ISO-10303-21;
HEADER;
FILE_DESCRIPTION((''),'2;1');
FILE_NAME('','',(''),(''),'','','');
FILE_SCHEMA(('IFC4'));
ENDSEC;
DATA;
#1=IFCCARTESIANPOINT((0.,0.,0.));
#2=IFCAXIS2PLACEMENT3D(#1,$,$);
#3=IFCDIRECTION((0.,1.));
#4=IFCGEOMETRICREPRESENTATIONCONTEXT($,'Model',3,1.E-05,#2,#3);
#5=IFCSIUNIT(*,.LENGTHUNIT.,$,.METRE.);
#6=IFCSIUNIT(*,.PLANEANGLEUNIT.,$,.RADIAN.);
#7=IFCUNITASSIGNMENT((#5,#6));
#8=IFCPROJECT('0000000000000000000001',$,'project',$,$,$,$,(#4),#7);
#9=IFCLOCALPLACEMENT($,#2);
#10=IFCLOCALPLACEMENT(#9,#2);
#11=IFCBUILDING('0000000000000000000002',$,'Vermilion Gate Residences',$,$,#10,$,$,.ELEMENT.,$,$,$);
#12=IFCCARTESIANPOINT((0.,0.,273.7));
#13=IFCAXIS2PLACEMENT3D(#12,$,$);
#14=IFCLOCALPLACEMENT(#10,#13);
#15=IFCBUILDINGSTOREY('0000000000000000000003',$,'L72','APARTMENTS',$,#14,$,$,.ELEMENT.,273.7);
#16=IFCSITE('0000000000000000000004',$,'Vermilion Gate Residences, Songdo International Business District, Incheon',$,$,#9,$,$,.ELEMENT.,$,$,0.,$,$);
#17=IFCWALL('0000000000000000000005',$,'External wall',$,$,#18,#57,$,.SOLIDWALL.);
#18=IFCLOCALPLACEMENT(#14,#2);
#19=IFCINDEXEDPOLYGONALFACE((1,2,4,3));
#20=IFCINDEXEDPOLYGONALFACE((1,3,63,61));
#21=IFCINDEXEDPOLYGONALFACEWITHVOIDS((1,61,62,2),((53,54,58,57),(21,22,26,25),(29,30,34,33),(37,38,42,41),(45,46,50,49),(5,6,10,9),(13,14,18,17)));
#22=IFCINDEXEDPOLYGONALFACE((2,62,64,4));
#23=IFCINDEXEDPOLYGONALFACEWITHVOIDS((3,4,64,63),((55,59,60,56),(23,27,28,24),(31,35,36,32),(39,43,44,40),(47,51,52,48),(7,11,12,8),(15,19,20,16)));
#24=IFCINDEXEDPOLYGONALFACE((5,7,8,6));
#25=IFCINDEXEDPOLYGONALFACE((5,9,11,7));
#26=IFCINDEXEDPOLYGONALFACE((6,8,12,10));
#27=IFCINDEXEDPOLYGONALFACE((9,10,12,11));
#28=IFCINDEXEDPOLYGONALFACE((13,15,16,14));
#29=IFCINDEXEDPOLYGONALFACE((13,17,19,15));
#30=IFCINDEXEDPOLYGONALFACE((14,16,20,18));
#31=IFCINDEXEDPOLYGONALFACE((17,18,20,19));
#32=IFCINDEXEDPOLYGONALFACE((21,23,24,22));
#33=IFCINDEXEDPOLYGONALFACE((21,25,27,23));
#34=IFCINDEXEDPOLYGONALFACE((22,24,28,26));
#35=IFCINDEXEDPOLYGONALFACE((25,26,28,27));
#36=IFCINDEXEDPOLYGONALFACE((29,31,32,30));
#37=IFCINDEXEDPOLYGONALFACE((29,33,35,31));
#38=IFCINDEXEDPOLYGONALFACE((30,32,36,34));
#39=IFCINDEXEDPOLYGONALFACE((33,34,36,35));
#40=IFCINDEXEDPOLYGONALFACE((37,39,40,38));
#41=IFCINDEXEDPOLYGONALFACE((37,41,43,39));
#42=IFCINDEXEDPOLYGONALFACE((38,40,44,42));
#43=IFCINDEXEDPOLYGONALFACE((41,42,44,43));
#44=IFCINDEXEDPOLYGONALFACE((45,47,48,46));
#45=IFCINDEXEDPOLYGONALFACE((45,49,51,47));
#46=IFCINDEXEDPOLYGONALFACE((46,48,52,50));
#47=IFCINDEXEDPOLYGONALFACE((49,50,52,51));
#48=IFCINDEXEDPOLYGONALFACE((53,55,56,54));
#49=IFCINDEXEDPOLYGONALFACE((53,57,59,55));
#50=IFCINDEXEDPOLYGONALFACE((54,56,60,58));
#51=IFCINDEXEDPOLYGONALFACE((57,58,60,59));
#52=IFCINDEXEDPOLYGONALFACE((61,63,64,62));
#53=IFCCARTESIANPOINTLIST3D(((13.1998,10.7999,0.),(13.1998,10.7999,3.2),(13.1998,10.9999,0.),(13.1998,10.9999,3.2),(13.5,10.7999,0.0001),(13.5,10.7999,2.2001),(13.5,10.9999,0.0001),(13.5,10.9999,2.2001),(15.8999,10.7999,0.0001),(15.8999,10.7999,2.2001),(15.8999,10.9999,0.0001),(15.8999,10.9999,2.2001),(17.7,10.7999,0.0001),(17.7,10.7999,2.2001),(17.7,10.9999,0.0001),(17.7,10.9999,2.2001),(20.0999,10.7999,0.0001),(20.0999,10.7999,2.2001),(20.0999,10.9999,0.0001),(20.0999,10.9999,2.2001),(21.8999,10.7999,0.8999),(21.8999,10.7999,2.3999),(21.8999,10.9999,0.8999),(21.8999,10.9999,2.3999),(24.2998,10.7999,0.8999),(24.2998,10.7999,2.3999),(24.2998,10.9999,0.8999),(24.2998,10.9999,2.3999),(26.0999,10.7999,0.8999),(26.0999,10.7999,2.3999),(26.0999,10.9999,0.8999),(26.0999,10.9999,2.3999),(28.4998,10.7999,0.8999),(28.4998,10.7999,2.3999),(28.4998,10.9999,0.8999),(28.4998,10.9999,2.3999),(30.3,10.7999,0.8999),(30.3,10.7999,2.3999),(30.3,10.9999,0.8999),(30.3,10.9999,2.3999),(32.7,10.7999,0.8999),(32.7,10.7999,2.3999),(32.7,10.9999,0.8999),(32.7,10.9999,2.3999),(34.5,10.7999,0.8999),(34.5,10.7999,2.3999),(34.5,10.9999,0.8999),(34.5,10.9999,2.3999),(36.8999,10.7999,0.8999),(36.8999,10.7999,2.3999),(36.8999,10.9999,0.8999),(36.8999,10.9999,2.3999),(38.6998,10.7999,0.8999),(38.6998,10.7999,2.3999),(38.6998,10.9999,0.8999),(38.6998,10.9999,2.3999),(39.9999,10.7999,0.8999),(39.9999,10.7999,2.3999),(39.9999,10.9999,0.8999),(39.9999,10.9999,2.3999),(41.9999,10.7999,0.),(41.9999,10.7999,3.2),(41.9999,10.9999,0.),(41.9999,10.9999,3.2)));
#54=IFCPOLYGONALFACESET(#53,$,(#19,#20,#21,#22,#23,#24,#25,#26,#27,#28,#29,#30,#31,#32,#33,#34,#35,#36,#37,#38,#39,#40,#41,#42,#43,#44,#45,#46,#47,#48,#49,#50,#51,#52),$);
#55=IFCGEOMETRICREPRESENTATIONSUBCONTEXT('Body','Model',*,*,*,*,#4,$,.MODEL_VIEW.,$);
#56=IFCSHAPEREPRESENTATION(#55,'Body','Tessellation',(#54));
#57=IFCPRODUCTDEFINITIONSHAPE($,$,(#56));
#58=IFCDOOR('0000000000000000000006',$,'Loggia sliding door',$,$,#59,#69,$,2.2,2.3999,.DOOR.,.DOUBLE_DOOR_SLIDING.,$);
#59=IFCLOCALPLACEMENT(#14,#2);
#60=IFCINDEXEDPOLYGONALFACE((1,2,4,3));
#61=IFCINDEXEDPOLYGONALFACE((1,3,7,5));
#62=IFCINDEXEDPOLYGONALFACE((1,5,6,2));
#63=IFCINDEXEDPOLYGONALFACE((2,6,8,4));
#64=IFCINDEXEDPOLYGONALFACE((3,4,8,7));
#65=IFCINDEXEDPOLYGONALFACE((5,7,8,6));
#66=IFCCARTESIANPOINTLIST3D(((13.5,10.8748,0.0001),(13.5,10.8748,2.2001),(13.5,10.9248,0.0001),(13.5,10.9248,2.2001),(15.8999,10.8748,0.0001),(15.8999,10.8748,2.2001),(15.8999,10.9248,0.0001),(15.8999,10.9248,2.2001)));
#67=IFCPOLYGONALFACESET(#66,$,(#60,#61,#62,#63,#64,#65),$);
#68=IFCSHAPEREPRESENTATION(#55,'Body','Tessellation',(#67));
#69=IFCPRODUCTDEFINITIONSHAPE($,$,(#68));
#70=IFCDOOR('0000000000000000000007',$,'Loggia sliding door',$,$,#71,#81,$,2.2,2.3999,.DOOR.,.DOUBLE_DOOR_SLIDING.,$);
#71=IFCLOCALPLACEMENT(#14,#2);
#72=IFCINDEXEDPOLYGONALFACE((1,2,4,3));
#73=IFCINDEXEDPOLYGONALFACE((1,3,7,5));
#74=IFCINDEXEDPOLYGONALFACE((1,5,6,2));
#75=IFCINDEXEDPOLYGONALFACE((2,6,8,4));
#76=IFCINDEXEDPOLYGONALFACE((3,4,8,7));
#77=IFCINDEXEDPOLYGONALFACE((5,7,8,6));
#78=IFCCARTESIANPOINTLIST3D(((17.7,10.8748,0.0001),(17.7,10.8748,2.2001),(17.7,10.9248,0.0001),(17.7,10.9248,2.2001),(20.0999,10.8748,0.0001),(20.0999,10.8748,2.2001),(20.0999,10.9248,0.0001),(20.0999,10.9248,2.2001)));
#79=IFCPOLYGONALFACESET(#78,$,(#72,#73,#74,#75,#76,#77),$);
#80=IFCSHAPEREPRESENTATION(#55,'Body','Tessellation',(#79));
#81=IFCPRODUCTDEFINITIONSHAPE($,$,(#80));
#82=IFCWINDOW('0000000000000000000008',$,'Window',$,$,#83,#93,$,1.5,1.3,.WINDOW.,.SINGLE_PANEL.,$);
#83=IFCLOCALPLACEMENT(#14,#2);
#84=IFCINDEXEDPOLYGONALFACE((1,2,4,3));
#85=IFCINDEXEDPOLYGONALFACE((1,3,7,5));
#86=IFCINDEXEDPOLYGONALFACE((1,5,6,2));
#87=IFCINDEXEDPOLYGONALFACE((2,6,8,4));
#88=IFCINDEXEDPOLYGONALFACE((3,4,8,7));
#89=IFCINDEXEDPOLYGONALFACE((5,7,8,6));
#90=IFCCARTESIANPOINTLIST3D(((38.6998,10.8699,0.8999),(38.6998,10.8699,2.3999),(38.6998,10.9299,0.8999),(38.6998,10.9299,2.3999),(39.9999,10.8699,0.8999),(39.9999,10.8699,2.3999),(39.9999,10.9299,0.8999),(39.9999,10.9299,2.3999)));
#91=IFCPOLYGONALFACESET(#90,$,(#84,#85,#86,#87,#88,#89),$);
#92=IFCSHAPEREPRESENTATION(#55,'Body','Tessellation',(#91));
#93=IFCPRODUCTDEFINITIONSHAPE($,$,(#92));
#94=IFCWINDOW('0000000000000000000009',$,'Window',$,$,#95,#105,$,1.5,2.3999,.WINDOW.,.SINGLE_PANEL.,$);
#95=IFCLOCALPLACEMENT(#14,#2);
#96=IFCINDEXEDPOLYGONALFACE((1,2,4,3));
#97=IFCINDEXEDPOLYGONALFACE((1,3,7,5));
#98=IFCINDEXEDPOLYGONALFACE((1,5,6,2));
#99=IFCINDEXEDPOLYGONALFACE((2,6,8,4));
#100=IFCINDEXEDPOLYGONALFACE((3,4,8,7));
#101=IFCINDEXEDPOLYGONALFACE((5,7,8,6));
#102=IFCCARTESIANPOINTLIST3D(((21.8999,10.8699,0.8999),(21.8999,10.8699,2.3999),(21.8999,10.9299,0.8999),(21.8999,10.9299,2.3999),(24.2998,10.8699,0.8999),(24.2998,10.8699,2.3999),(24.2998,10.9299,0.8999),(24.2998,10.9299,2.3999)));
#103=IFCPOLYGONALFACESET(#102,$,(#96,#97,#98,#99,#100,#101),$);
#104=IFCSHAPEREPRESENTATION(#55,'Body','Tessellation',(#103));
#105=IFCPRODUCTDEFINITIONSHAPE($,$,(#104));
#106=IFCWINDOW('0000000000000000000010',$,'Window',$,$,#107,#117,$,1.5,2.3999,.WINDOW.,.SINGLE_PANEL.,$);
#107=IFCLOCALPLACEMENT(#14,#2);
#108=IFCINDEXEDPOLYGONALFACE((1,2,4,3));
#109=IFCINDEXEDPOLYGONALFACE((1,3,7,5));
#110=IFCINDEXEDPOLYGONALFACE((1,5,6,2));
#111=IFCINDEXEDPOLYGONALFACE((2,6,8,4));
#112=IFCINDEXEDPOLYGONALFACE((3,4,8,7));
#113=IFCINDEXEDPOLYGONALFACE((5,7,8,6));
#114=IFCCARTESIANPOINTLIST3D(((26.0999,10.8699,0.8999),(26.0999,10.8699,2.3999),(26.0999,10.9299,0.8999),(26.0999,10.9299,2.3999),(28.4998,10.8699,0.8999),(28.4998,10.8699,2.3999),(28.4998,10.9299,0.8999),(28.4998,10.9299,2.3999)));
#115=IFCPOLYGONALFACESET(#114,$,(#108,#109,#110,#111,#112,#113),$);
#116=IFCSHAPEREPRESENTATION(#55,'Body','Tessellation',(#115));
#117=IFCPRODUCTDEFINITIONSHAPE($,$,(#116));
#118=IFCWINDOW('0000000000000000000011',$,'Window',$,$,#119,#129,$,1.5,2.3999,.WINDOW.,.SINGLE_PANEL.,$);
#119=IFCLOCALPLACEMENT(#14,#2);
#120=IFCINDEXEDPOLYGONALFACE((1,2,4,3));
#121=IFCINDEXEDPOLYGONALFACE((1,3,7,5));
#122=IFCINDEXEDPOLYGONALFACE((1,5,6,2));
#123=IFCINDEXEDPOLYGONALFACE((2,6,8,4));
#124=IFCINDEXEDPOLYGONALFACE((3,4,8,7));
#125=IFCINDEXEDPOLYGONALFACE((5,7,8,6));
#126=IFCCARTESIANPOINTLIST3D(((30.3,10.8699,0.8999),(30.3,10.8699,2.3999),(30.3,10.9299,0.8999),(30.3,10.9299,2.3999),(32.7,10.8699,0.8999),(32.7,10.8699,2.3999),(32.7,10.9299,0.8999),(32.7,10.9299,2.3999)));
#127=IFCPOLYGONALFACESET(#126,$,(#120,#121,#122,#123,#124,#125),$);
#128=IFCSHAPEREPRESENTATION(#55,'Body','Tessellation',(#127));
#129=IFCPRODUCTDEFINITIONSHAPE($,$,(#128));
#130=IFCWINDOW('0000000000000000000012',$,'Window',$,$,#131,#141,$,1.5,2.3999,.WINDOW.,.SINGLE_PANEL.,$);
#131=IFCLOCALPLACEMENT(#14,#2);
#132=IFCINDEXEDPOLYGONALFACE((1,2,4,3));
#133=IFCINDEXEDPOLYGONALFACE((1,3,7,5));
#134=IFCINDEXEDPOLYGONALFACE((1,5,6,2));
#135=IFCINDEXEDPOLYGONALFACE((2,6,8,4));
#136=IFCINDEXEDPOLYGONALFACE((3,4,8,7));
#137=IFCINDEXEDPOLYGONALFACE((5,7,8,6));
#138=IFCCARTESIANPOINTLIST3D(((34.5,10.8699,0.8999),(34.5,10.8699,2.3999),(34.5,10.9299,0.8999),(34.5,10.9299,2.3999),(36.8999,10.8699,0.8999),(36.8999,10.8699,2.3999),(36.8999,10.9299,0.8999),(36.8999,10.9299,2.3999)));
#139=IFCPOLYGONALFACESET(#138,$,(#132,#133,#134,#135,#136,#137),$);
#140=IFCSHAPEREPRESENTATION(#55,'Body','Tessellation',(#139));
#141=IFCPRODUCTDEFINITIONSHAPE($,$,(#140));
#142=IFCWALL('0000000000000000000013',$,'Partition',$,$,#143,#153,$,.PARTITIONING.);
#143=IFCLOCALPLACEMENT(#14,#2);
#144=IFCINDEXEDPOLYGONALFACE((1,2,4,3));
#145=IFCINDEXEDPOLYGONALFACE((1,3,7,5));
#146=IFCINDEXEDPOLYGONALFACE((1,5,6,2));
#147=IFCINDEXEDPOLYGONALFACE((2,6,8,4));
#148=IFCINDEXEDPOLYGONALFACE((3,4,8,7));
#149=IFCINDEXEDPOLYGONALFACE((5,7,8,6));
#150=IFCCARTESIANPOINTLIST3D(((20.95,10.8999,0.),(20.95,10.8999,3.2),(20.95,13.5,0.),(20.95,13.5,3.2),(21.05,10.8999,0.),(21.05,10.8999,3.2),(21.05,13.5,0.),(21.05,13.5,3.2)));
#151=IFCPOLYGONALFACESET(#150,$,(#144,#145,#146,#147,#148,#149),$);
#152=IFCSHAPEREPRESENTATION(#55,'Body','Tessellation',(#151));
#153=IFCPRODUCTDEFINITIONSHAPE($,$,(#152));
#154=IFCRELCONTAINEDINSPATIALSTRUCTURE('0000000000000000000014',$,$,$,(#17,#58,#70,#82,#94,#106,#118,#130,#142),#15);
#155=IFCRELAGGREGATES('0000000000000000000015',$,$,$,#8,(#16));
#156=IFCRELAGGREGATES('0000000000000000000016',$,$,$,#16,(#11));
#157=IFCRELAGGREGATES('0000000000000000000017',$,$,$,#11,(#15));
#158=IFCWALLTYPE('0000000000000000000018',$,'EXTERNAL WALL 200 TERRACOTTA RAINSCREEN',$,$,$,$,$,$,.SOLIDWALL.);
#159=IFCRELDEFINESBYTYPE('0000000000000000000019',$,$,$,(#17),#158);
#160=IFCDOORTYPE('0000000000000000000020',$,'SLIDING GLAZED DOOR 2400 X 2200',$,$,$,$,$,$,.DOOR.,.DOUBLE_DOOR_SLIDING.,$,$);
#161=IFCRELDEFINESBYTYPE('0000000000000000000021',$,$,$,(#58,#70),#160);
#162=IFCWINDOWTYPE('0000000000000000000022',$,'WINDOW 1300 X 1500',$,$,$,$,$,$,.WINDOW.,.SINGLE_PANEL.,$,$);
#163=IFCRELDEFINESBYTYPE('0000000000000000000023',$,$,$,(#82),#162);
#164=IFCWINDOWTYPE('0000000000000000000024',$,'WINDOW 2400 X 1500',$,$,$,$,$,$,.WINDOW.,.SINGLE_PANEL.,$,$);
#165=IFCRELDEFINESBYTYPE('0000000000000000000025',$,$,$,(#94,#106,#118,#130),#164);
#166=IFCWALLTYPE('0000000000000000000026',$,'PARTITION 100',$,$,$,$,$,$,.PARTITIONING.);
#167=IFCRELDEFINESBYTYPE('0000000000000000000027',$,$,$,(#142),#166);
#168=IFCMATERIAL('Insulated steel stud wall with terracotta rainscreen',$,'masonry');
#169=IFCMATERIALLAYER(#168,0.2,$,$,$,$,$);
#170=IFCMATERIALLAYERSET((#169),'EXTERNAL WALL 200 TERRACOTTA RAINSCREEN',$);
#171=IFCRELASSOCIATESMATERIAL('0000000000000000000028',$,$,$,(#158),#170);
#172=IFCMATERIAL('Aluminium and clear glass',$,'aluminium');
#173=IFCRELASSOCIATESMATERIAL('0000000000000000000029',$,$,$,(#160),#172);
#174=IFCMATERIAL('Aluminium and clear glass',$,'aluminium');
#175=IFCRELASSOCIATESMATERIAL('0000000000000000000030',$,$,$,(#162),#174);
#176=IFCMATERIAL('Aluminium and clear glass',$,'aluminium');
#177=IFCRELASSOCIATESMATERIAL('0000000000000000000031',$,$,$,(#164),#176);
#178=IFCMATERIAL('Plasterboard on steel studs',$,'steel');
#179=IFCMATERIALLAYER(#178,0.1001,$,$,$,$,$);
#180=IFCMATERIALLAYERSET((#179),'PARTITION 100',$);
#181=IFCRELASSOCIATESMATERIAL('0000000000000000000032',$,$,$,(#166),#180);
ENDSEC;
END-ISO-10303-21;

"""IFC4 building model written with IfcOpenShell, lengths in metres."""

from ifc_helpers import new_model, si_unit, direction, frame, frame_2d, origin, place, context, subcontext, project, spatial, rectangle, extrude, material, layer, layer_set, type_object, element, fill, save


model = new_model("IFC4")

# Units and contexts
model_context = context("Model", 3, precision=1e-05, world=origin(), true_north=direction((0.0, 1.0)))
body_context = subcontext(model_context, "Body", "Model", "MODEL_VIEW")
ifc_project = project(units=[si_unit("LENGTHUNIT", "METRE"), si_unit("PLANEANGLEUNIT", "RADIAN")], contexts=[model_context])

# Site, building, storey
site_placement = place(None, origin())
site = spatial("IfcSite", under=ifc_project, at=site_placement, Name="Vermilion Gate Residences, Songdo International Business District, Incheon", CompositionType="ELEMENT", RefElevation=0.0)
building_placement = place(site_placement, origin())
building = spatial("IfcBuilding", under=site, at=building_placement, Name="Vermilion Gate Residences", CompositionType="ELEMENT")
storey_placement = place(building_placement, frame((0.0, 0.0, 273.7)))
storey = spatial("IfcBuildingStorey", under=building, at=storey_placement, Name="L72", Description="APARTMENTS", CompositionType="ELEMENT", Elevation=273.7)

# Shared definitions
ifc_material_1 = material(Name="Insulated steel stud wall with terracotta rainscreen", Category="masonry")
ifc_layer_1 = layer(ifc_material_1, 0.2)
ifc_layer_set_1 = layer_set([ifc_layer_1], Name="EXTERNAL WALL 200 TERRACOTTA RAINSCREEN")
wall_type_1 = type_object("IfcWallType", Name="EXTERNAL WALL 200 TERRACOTTA RAINSCREEN", PredefinedType="SOLIDWALL", material=ifc_layer_set_1)

# Wall, openings, doors, windows
wall_1_placement = place(storey_placement, frame((13.2, 10.8999, 0.0), z_axis=(0.0, 0.0, 1.0), x_axis=(1.0, 0.0, 0.0)))
wall_1 = element("IfcWall", 1, at=wall_1_placement, inside=storey, type_object=wall_type_1, Name="External wall", PredefinedType="SOLIDWALL", context=body_context, shape_type="SweptSolid", body=[
    extrude(rectangle(XDim=28.8, YDim=0.2, at=frame_2d((14.3999, 0.0))), origin(), (0.0, 0.0, 1.0), 3.2),
])
opening_1_placement = place(wall_1_placement, frame((0.3, 0.0, 0.0)))
opening_1 = element("IfcOpeningElement", 2, at=opening_1_placement, cuts=wall_1, PredefinedType="OPENING", context=body_context, shape_type="SweptSolid", body=[
    extrude(rectangle(XDim=2.3999, YDim=2.2, at=frame_2d((1.2, 1.1001))), frame((0.0, 0.1099, 0.0), z_axis=(0.0, -1.0, 0.0), x_axis=(1.0, 0.0, 0.0)), (0.0, 0.0, 1.0), 0.22),
])
opening_2_placement = place(wall_1_placement, frame((4.5, 0.0, 0.0)))
opening_2 = element("IfcOpeningElement", 3, at=opening_2_placement, cuts=wall_1, PredefinedType="OPENING", context=body_context, shape_type="SweptSolid", body=[
    extrude(rectangle(XDim=2.3999, YDim=2.2, at=frame_2d((1.2, 1.1001))), frame((0.0, 0.1099, 0.0), z_axis=(0.0, -1.0, 0.0), x_axis=(1.0, 0.0, 0.0)), (0.0, 0.0, 1.0), 0.22),
])
opening_3_placement = place(wall_1_placement, frame((8.7, 0.0, 0.8999)))
opening_3 = element("IfcOpeningElement", 4, at=opening_3_placement, cuts=wall_1, PredefinedType="OPENING", context=body_context, shape_type="SweptSolid", body=[
    extrude(rectangle(XDim=2.3999, YDim=1.5, at=frame_2d((1.2, 0.75))), frame((0.0, 0.1099, 0.0), z_axis=(0.0, -1.0, 0.0), x_axis=(1.0, 0.0, 0.0)), (0.0, 0.0, 1.0), 0.22),
])
opening_4_placement = place(wall_1_placement, frame((12.8999, 0.0, 0.8999)))
opening_4 = element("IfcOpeningElement", 5, at=opening_4_placement, cuts=wall_1, PredefinedType="OPENING", context=body_context, shape_type="SweptSolid", body=[
    extrude(rectangle(XDim=2.3999, YDim=1.5, at=frame_2d((1.2, 0.75))), frame((0.0, 0.1099, 0.0), z_axis=(0.0, -1.0, 0.0), x_axis=(1.0, 0.0, 0.0)), (0.0, 0.0, 1.0), 0.22),
])
opening_5_placement = place(wall_1_placement, frame((17.1001, 0.0, 0.8999)))
opening_5 = element("IfcOpeningElement", 6, at=opening_5_placement, cuts=wall_1, PredefinedType="OPENING", context=body_context, shape_type="SweptSolid", body=[
    extrude(rectangle(XDim=2.3999, YDim=1.5, at=frame_2d((1.2, 0.75))), frame((0.0, 0.1099, 0.0), z_axis=(0.0, -1.0, 0.0), x_axis=(1.0, 0.0, 0.0)), (0.0, 0.0, 1.0), 0.22),
])
opening_6_placement = place(wall_1_placement, frame((21.3, 0.0, 0.8999)))
opening_6 = element("IfcOpeningElement", 7, at=opening_6_placement, cuts=wall_1, PredefinedType="OPENING", context=body_context, shape_type="SweptSolid", body=[
    extrude(rectangle(XDim=2.3999, YDim=1.5, at=frame_2d((1.2, 0.75))), frame((0.0, 0.1099, 0.0), z_axis=(0.0, -1.0, 0.0), x_axis=(1.0, 0.0, 0.0)), (0.0, 0.0, 1.0), 0.22),
])
opening_7_placement = place(wall_1_placement, frame((25.5, 0.0, 0.8999)))
opening_7 = element("IfcOpeningElement", 8, at=opening_7_placement, cuts=wall_1, PredefinedType="OPENING", context=body_context, shape_type="SweptSolid", body=[
    extrude(rectangle(XDim=1.3, YDim=1.5, at=frame_2d((0.6499, 0.75))), frame((0.0, 0.1099, 0.0), z_axis=(0.0, -1.0, 0.0), x_axis=(1.0, 0.0, 0.0)), (0.0, 0.0, 1.0), 0.22),
])
ifc_material_2 = material(Name="Aluminium and clear glass", Category="aluminium")
door_type_1 = type_object("IfcDoorType", Name="SLIDING GLAZED DOOR 2400 X 2200", OperationType="DOUBLE_DOOR_SLIDING", PredefinedType="DOOR", material=ifc_material_2)
door_1_placement = place(opening_1_placement, origin())
door_1 = element("IfcDoor", 9, at=door_1_placement, inside=storey, type_object=door_type_1, Name="Loggia sliding door", OperationType="DOUBLE_DOOR_SLIDING", OverallHeight=2.2, OverallWidth=2.3999, PredefinedType="DOOR", context=body_context, shape_type="SweptSolid", body=[
    extrude(rectangle(XDim=2.3999, YDim=2.2, at=frame_2d((1.2, 1.1001))), frame((0.0, 0.0249, 0.0), z_axis=(0.0, -1.0, 0.0), x_axis=(1.0, 0.0, 0.0)), (0.0, 0.0, 1.0), 0.05),
])
fill(opening_1, door_1)
door_2_placement = place(opening_2_placement, origin())
door_2 = element("IfcDoor", 10, at=door_2_placement, inside=storey, type_object=door_type_1, Name="Loggia sliding door", OperationType="DOUBLE_DOOR_SLIDING", OverallHeight=2.2, OverallWidth=2.3999, PredefinedType="DOOR", context=body_context, shape_type="SweptSolid", body=[
    extrude(rectangle(XDim=2.3999, YDim=2.2, at=frame_2d((1.2, 1.1001))), frame((0.0, 0.0249, 0.0), z_axis=(0.0, -1.0, 0.0), x_axis=(1.0, 0.0, 0.0)), (0.0, 0.0, 1.0), 0.05),
])
fill(opening_2, door_2)
ifc_material_3 = material(Name="Aluminium and clear glass", Category="aluminium")
window_type_1 = type_object("IfcWindowType", Name="WINDOW 1300 X 1500", PartitioningType="SINGLE_PANEL", PredefinedType="WINDOW", material=ifc_material_3)
window_1_placement = place(opening_7_placement, origin())
window_1 = element("IfcWindow", 11, at=window_1_placement, inside=storey, type_object=window_type_1, Name="Window", OverallHeight=1.5, OverallWidth=1.3, PartitioningType="SINGLE_PANEL", PredefinedType="WINDOW", context=body_context, shape_type="SweptSolid", body=[
    extrude(rectangle(XDim=1.3, YDim=1.5, at=frame_2d((0.6499, 0.75))), frame((0.0, 0.03, 0.0), z_axis=(0.0, -1.0, 0.0), x_axis=(1.0, 0.0, 0.0)), (0.0, 0.0, 1.0), 0.0601),
])
fill(opening_7, window_1)
ifc_material_4 = material(Name="Aluminium and clear glass", Category="aluminium")
window_type_2 = type_object("IfcWindowType", Name="WINDOW 2400 X 1500", PartitioningType="SINGLE_PANEL", PredefinedType="WINDOW", material=ifc_material_4)
window_2_placement = place(opening_3_placement, origin())
window_2 = element("IfcWindow", 12, at=window_2_placement, inside=storey, type_object=window_type_2, Name="Window", OverallHeight=1.5, OverallWidth=2.3999, PartitioningType="SINGLE_PANEL", PredefinedType="WINDOW", context=body_context, shape_type="SweptSolid", body=[
    extrude(rectangle(XDim=2.3999, YDim=1.5, at=frame_2d((1.2, 0.75))), frame((0.0, 0.03, 0.0), z_axis=(0.0, -1.0, 0.0), x_axis=(1.0, 0.0, 0.0)), (0.0, 0.0, 1.0), 0.0601),
])
fill(opening_3, window_2)
window_3_placement = place(opening_4_placement, origin())
window_3 = element("IfcWindow", 13, at=window_3_placement, inside=storey, type_object=window_type_2, Name="Window", OverallHeight=1.5, OverallWidth=2.3999, PartitioningType="SINGLE_PANEL", PredefinedType="WINDOW", context=body_context, shape_type="SweptSolid", body=[
    extrude(rectangle(XDim=2.3999, YDim=1.5, at=frame_2d((1.2, 0.75))), frame((0.0, 0.03, 0.0), z_axis=(0.0, -1.0, 0.0), x_axis=(1.0, 0.0, 0.0)), (0.0, 0.0, 1.0), 0.0601),
])
fill(opening_4, window_3)
window_4_placement = place(opening_5_placement, origin())
window_4 = element("IfcWindow", 14, at=window_4_placement, inside=storey, type_object=window_type_2, Name="Window", OverallHeight=1.5, OverallWidth=2.3999, PartitioningType="SINGLE_PANEL", PredefinedType="WINDOW", context=body_context, shape_type="SweptSolid", body=[
    extrude(rectangle(XDim=2.3999, YDim=1.5, at=frame_2d((1.2, 0.75))), frame((0.0, 0.03, 0.0), z_axis=(0.0, -1.0, 0.0), x_axis=(1.0, 0.0, 0.0)), (0.0, 0.0, 1.0), 0.0601),
])
fill(opening_5, window_4)
window_5_placement = place(opening_6_placement, origin())
window_5 = element("IfcWindow", 15, at=window_5_placement, inside=storey, type_object=window_type_2, Name="Window", OverallHeight=1.5, OverallWidth=2.3999, PartitioningType="SINGLE_PANEL", PredefinedType="WINDOW", context=body_context, shape_type="SweptSolid", body=[
    extrude(rectangle(XDim=2.3999, YDim=1.5, at=frame_2d((1.2, 0.75))), frame((0.0, 0.03, 0.0), z_axis=(0.0, -1.0, 0.0), x_axis=(1.0, 0.0, 0.0)), (0.0, 0.0, 1.0), 0.0601),
])
fill(opening_6, window_5)

# Wall
ifc_material_5 = material(Name="Plasterboard on steel studs", Category="steel")
ifc_layer_2 = layer(ifc_material_5, 0.1001)
ifc_layer_set_2 = layer_set([ifc_layer_2], Name="PARTITION 100")
wall_type_2 = type_object("IfcWallType", Name="PARTITION 100", PredefinedType="PARTITIONING", material=ifc_layer_set_2)
wall_2_placement = place(storey_placement, frame((21.0, 10.8999, 0.0), z_axis=(0.0, 0.0, 1.0), x_axis=(0.0, 1.0, 0.0)))
element("IfcWall", 16, at=wall_2_placement, inside=storey, type_object=wall_type_2, Name="Partition", PredefinedType="PARTITIONING", context=body_context, shape_type="SweptSolid", body=[
    extrude(rectangle(XDim=2.6001, YDim=0.1001, at=frame_2d((1.3, 0.0))), origin(), (0.0, 0.0, 1.0), 3.2),
])

save(model, "model.ifc")
